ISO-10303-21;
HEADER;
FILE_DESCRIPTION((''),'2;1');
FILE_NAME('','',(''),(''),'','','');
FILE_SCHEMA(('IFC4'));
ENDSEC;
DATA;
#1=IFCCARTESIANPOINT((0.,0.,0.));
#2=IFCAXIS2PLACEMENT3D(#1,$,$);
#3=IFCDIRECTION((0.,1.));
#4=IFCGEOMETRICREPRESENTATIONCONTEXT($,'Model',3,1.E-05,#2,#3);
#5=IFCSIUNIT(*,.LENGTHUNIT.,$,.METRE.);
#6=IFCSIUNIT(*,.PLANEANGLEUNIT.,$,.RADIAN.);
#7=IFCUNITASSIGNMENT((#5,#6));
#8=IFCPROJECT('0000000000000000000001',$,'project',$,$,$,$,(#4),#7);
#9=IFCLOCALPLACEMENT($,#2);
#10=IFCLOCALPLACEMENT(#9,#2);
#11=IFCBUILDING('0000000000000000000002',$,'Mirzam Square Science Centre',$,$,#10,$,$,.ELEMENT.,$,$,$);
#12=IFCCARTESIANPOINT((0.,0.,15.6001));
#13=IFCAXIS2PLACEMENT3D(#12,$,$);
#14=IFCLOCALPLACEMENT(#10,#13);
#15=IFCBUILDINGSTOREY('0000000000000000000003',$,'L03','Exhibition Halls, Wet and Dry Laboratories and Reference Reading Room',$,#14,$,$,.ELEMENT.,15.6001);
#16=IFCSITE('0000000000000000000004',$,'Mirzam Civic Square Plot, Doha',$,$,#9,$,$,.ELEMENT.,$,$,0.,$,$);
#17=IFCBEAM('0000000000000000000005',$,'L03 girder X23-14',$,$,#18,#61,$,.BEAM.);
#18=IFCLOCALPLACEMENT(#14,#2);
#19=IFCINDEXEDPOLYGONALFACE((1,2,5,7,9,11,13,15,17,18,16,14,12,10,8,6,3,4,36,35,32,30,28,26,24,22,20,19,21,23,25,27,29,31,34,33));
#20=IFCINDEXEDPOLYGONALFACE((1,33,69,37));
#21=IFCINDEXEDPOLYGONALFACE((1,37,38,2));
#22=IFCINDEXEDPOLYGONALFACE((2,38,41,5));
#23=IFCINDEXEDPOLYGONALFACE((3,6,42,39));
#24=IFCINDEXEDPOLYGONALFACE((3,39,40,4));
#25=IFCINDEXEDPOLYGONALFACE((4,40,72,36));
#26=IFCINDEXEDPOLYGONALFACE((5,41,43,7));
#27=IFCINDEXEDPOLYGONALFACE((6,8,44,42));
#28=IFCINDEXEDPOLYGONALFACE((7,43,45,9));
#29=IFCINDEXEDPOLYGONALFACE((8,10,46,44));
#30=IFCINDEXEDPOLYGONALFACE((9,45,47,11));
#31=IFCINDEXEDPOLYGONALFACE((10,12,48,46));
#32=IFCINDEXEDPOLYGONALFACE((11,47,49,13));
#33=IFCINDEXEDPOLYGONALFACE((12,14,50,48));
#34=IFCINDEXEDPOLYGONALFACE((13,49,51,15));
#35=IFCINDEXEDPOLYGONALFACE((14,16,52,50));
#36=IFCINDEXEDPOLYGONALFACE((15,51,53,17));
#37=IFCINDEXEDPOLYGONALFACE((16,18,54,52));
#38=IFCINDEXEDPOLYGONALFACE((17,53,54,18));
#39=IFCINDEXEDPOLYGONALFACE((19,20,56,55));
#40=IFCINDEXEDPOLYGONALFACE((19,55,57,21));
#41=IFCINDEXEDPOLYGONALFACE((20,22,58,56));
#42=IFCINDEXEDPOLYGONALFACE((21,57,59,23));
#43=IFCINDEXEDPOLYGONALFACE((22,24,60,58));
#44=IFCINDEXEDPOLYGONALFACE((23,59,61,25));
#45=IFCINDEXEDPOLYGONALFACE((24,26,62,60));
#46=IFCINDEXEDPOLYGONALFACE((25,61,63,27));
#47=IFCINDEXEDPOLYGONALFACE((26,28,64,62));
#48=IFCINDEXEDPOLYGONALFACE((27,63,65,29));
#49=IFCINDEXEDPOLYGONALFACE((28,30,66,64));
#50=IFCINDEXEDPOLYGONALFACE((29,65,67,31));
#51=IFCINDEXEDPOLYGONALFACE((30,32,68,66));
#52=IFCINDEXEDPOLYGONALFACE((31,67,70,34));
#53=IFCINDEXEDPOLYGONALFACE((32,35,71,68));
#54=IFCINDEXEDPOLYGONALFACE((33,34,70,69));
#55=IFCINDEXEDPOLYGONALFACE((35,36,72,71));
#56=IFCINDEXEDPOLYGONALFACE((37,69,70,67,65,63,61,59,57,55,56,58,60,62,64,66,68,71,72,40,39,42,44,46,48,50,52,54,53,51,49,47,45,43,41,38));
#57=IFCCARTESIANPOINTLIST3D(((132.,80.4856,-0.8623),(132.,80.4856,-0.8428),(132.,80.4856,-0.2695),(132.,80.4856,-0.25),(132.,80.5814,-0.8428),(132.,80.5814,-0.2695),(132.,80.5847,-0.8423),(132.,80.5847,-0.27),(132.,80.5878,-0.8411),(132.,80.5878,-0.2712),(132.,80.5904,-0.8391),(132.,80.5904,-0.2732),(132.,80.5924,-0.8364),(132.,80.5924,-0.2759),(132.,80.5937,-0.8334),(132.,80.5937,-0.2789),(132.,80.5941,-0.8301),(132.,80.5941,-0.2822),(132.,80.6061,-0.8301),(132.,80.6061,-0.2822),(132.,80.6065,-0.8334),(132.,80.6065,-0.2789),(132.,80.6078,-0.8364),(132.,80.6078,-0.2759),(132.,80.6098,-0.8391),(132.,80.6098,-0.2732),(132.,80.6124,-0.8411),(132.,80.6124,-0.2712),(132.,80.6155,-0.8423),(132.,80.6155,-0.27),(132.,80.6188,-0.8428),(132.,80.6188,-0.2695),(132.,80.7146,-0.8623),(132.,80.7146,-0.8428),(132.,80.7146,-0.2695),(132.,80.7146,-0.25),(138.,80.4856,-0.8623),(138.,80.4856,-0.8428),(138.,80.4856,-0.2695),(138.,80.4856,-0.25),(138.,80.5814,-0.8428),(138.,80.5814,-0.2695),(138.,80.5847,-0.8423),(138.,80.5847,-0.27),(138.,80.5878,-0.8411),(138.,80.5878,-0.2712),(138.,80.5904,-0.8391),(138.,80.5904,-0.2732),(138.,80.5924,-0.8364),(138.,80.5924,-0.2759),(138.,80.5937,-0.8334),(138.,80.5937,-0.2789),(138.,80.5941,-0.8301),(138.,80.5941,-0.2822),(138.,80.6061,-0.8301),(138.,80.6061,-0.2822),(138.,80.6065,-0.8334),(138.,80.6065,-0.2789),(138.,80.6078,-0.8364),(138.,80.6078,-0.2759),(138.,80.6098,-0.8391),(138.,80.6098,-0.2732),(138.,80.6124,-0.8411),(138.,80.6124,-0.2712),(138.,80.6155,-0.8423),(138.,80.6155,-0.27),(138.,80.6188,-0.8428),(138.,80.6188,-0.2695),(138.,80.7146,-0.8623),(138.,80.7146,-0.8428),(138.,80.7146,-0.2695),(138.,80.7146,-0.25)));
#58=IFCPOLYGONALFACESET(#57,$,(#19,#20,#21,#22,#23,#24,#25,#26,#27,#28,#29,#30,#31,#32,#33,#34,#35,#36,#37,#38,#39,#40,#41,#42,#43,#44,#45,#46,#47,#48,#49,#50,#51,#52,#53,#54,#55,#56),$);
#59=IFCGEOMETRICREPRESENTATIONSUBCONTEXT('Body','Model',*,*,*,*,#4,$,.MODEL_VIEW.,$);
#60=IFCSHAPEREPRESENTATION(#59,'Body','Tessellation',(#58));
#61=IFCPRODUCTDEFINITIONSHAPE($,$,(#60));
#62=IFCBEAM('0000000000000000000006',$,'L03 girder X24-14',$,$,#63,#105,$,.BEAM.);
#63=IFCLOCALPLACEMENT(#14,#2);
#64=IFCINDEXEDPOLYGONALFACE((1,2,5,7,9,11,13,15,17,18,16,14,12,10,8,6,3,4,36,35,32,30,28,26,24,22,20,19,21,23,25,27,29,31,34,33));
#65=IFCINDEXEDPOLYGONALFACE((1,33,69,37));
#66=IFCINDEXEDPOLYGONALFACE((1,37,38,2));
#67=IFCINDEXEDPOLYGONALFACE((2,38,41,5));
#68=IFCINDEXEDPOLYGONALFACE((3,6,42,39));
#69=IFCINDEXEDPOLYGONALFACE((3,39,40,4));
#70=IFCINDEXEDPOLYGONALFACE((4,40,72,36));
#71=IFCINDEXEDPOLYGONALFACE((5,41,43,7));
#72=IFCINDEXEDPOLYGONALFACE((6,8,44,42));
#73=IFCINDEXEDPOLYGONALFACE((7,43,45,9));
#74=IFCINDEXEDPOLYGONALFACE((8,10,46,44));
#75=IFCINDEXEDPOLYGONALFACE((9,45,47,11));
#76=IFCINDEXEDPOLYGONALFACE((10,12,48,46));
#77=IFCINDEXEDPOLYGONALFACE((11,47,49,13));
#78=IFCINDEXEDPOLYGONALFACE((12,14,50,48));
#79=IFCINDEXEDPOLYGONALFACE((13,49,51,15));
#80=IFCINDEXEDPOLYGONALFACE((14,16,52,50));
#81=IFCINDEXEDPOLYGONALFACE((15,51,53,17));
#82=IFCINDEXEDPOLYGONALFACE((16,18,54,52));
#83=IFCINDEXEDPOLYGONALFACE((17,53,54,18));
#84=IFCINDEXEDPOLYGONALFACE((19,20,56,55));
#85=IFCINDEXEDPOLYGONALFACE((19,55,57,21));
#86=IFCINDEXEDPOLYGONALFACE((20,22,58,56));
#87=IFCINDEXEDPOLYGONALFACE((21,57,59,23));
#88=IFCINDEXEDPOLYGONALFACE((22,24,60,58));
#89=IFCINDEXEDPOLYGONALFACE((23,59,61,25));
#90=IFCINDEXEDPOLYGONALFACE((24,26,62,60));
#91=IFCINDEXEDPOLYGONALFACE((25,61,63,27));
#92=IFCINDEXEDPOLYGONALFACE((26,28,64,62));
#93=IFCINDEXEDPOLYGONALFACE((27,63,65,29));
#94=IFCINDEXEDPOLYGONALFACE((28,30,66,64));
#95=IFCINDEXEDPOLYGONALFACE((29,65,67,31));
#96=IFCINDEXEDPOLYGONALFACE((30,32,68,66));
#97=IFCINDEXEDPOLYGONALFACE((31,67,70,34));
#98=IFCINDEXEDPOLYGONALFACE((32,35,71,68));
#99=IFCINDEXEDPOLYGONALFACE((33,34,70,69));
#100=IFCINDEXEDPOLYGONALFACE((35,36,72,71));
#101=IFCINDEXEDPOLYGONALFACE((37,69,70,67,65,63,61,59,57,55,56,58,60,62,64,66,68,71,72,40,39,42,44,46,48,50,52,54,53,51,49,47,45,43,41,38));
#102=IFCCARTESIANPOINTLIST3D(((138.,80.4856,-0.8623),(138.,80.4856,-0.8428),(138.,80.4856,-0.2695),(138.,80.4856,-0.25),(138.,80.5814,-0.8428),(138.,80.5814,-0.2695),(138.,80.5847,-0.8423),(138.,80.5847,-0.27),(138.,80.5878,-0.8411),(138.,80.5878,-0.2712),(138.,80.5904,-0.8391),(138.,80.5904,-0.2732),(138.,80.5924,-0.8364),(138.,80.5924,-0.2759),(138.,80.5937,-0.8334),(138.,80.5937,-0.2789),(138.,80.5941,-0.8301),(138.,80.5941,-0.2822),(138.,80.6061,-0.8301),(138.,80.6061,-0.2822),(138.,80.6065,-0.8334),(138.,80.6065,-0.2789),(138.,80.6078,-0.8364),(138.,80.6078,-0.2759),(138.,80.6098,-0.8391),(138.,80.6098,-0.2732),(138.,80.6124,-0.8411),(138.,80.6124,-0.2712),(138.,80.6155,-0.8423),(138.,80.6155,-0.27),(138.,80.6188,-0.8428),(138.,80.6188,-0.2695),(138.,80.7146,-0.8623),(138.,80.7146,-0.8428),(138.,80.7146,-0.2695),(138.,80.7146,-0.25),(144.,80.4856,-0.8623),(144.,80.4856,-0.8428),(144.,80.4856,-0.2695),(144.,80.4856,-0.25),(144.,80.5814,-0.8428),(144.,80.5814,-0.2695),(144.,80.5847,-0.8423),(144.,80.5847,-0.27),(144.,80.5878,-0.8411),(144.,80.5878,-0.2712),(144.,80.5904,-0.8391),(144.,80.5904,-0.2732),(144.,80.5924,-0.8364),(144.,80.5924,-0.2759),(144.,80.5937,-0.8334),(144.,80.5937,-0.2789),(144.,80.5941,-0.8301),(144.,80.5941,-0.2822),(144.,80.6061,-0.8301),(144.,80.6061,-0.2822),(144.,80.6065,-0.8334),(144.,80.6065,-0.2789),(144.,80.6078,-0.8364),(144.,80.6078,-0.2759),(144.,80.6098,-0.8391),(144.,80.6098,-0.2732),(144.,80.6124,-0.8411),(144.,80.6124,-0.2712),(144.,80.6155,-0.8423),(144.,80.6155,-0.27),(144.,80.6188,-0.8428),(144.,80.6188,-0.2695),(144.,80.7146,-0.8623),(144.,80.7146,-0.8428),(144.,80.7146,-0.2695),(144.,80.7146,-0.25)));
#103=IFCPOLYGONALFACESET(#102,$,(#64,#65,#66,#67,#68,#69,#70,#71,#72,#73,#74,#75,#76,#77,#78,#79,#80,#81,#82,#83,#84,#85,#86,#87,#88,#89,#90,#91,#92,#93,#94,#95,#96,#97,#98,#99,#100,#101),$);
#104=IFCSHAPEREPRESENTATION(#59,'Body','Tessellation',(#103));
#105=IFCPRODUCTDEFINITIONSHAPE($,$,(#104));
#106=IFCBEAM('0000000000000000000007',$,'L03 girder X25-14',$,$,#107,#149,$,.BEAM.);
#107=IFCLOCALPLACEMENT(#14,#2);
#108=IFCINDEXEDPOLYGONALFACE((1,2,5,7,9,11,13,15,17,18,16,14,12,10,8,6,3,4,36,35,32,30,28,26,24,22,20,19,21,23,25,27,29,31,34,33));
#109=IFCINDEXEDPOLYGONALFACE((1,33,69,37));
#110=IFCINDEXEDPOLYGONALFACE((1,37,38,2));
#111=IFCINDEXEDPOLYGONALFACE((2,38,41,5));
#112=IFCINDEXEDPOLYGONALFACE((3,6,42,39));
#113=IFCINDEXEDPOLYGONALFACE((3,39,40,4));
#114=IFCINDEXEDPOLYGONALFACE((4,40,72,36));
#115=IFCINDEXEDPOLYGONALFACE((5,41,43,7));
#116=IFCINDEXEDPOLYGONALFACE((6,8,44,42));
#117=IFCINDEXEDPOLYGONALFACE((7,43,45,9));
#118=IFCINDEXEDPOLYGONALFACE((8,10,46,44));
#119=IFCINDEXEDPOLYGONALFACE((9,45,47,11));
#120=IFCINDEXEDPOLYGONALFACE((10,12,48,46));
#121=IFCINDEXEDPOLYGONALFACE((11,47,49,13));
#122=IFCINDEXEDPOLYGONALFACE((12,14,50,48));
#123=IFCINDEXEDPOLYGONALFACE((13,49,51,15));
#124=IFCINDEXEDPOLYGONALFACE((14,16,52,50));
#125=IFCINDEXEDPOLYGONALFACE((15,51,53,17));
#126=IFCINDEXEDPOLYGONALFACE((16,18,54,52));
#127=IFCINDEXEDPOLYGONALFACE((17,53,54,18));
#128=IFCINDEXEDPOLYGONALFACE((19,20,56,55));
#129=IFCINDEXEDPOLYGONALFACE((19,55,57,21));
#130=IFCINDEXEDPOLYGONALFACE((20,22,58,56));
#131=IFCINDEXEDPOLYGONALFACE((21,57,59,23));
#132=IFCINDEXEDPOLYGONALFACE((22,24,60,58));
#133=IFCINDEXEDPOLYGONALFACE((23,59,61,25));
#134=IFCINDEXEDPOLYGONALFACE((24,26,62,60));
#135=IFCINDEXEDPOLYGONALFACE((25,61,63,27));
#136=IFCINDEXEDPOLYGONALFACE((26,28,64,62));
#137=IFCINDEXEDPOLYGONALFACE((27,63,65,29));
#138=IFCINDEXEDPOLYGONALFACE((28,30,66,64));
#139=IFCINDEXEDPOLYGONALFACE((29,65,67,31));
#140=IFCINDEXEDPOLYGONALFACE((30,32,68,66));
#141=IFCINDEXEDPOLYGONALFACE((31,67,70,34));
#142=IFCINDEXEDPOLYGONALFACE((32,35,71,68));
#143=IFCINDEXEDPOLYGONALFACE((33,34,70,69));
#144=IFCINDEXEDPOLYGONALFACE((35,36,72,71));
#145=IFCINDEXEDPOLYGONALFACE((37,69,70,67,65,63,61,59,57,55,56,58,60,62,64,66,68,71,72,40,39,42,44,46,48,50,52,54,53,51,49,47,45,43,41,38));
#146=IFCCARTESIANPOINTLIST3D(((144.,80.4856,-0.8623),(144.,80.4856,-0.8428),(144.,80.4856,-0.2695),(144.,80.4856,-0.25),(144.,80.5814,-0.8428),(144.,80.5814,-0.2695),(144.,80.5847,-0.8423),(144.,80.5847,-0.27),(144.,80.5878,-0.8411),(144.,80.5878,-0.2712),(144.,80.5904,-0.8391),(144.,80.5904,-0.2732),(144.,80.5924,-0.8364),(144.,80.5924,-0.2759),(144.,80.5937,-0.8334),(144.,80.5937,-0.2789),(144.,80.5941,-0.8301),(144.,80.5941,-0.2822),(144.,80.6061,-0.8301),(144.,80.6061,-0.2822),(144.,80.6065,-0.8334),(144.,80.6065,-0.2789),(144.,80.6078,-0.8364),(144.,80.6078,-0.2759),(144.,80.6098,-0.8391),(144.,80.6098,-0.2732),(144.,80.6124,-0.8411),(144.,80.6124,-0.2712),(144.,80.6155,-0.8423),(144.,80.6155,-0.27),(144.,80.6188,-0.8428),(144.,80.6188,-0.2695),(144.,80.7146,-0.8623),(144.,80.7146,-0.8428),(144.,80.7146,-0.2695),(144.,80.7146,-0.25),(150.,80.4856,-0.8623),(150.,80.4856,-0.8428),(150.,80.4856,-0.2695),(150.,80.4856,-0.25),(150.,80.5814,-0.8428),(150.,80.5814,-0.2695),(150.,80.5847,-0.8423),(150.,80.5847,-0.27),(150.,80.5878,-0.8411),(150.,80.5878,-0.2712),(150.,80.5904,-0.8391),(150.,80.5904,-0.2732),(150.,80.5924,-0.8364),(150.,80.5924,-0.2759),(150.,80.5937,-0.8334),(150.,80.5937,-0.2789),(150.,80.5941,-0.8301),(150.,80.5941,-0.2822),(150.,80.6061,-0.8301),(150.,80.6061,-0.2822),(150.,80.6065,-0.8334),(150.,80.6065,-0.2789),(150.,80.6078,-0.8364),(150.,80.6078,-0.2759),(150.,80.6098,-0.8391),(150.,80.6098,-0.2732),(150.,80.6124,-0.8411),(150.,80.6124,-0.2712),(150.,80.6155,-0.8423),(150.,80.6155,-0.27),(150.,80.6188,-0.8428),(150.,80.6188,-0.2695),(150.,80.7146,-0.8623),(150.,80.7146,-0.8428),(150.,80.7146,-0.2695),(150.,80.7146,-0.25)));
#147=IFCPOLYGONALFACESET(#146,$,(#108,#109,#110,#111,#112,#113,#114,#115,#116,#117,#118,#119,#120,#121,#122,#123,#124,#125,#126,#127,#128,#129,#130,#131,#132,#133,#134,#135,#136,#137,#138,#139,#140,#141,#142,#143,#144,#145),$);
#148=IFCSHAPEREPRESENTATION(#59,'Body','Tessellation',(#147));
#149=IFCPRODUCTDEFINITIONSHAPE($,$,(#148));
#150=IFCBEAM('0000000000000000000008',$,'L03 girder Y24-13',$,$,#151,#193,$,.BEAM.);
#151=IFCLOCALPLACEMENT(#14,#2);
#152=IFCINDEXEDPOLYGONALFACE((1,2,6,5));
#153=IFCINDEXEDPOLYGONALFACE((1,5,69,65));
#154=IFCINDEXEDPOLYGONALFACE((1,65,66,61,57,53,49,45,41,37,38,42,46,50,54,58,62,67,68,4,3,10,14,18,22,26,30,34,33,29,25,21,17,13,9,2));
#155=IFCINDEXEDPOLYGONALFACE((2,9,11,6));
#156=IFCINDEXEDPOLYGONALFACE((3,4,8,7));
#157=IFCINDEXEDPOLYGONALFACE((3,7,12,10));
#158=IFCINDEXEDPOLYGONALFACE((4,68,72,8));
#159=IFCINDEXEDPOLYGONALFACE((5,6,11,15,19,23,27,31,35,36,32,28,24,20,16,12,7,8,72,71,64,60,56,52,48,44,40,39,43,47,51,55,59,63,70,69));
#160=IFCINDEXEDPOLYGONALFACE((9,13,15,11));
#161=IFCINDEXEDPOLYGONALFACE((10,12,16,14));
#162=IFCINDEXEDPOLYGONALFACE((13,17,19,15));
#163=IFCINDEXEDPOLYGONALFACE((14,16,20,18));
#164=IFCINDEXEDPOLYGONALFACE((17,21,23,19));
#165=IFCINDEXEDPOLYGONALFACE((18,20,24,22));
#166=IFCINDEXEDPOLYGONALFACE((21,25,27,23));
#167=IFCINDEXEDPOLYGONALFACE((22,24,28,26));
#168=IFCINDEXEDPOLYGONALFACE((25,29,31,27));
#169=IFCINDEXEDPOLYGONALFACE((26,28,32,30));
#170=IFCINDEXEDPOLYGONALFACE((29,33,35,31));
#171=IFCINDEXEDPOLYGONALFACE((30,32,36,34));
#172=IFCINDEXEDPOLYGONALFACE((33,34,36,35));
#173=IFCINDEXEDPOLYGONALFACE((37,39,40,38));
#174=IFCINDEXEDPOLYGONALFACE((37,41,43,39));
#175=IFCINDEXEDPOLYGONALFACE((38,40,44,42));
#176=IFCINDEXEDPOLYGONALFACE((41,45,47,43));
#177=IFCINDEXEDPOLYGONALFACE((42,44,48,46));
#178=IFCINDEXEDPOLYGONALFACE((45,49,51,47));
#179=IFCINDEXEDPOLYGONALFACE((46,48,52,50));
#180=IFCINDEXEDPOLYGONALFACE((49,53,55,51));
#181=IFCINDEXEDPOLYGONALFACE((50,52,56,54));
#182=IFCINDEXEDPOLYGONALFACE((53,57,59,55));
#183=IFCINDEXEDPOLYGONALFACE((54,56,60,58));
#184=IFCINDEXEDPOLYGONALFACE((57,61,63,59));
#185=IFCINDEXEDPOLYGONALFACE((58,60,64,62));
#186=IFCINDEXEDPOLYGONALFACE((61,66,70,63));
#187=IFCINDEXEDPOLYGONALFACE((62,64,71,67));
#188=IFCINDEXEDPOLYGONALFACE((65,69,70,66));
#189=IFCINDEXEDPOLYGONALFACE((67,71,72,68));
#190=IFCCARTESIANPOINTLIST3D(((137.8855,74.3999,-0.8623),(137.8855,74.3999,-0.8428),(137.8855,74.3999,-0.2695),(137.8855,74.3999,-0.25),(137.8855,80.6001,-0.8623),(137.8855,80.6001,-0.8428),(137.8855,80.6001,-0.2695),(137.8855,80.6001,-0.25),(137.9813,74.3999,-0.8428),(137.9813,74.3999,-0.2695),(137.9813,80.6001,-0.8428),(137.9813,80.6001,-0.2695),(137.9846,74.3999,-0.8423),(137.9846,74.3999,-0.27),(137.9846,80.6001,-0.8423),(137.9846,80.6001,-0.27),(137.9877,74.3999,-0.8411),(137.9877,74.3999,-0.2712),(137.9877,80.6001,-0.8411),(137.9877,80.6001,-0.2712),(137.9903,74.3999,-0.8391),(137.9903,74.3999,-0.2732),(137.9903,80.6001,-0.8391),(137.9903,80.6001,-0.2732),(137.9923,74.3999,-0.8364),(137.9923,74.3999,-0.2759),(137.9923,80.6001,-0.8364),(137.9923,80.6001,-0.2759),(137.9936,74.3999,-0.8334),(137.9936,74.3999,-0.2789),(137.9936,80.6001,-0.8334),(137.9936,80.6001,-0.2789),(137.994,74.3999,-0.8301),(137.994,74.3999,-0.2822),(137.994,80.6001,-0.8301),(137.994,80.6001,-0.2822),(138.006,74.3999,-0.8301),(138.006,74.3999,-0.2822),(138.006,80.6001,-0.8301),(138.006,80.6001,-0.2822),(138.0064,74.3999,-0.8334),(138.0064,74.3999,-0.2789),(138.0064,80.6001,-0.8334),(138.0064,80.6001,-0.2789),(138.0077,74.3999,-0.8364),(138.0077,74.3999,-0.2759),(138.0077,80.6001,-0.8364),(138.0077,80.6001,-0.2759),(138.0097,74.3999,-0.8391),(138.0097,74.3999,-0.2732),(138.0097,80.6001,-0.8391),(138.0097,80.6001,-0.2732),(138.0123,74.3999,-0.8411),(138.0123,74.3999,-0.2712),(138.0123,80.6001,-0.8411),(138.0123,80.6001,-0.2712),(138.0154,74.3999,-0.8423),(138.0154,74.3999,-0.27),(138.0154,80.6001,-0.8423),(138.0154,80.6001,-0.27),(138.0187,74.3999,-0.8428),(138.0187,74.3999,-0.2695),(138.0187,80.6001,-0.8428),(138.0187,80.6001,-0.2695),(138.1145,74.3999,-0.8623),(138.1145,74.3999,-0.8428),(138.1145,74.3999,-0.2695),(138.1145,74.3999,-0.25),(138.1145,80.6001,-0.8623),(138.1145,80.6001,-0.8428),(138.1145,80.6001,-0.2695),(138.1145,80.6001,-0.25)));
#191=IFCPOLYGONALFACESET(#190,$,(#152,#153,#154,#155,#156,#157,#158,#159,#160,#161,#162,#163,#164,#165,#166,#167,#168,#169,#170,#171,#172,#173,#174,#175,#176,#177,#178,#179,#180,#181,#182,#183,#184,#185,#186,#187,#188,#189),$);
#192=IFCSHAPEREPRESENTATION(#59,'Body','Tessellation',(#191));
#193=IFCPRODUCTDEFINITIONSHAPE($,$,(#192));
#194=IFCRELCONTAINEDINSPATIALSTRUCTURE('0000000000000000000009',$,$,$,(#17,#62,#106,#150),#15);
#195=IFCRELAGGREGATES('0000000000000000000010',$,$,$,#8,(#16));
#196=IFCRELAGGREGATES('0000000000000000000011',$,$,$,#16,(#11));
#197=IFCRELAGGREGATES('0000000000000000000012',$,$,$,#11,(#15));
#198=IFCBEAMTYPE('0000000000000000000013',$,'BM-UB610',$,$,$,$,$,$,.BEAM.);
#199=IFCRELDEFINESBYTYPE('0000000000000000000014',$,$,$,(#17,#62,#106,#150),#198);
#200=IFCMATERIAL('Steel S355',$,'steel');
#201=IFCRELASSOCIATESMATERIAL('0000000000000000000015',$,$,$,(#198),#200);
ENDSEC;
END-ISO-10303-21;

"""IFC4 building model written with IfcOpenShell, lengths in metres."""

from ifc_helpers import new_model, si_unit, direction, frame, origin, origin_2d, place, context, subcontext, project, spatial, i_section, extrude, material, material_profile, profile_set, type_object, element, save


model = new_model("IFC4")

# Units and contexts
model_context = context("Model", 3, precision=1e-05, world=origin(), true_north=direction((0.0, 1.0)))
body_context = subcontext(model_context, "Body", "Model", "MODEL_VIEW")
ifc_project = project(units=[si_unit("LENGTHUNIT", "METRE"), si_unit("PLANEANGLEUNIT", "RADIAN")], contexts=[model_context])

# Site, building, storey
site_placement = place(None, origin())
site = spatial("IfcSite", under=ifc_project, at=site_placement, Name="Mirzam Civic Square Plot, Doha", CompositionType="ELEMENT", RefElevation=0.0)
building_placement = place(site_placement, origin())
building = spatial("IfcBuilding", under=site, at=building_placement, Name="Mirzam Square Science Centre", CompositionType="ELEMENT")
storey_placement = place(building_placement, frame((0.0, 0.0, 15.6001)))
storey = spatial("IfcBuildingStorey", under=building, at=storey_placement, Name="L03", Description="Exhibition Halls, Wet and Dry Laboratories and Reference Reading Room", CompositionType="ELEMENT", Elevation=15.6001)

# Shared definitions
ifc_material_1 = material(Name="Steel S355", Category="steel")

# Beams
ifc_material_profile_1 = material_profile(ifc_material_1, i_section(OverallWidth=0.229, OverallDepth=0.6123, WebThickness=0.012, FlangeThickness=0.0195, FilletRadius=0.0127, at=origin_2d()), Name="610x229x125UB")
ifc_profile_set_1 = profile_set([ifc_material_profile_1], Name="Steel S355")
beam_type_1 = type_object("IfcBeamType", Name="BM-UB610", PredefinedType="BEAM", material=ifc_profile_set_1)
for number, where, z_axis, x_axis, name in (
    (1, (132.0, 80.6001, -0.5562), (1.0, 0.0, 0.0), (0.0, 1.0, 0.0), "L03 girder X23-14"),
    (2, (138.0, 80.6001, -0.5562), (1.0, 0.0, 0.0), (0.0, 1.0, 0.0), "L03 girder X24-14"),
    (3, (144.0, 80.6001, -0.5562), (1.0, 0.0, 0.0), (0.0, 1.0, 0.0), "L03 girder X25-14"),
):
    element("IfcBeam", number, at=place(storey_placement, frame(where, z_axis=z_axis, x_axis=x_axis)), inside=storey, type_object=beam_type_1, Name=name, PredefinedType="BEAM", context=body_context, shape_type="SweptSolid", body=[
        extrude(i_section(OverallWidth=0.229, OverallDepth=0.6123, WebThickness=0.012, FlangeThickness=0.0195, FilletRadius=0.0127, at=origin_2d()), origin(), (0.0, 0.0, 1.0), 6.0),
    ])
beam_1_placement = place(storey_placement, frame((138.0, 74.3999, -0.5562), z_axis=(0.0, 1.0, 0.0), x_axis=(-1.0, 0.0, 0.0)))
element("IfcBeam", 4, at=beam_1_placement, inside=storey, type_object=beam_type_1, Name="L03 girder Y24-13", PredefinedType="BEAM", context=body_context, shape_type="SweptSolid", body=[
    extrude(i_section(OverallWidth=0.229, OverallDepth=0.6123, WebThickness=0.012, FlangeThickness=0.0195, FilletRadius=0.0127, at=origin_2d()), origin(), (0.0, 0.0, 1.0), 6.2002),
])

save(model, "model.ifc")
